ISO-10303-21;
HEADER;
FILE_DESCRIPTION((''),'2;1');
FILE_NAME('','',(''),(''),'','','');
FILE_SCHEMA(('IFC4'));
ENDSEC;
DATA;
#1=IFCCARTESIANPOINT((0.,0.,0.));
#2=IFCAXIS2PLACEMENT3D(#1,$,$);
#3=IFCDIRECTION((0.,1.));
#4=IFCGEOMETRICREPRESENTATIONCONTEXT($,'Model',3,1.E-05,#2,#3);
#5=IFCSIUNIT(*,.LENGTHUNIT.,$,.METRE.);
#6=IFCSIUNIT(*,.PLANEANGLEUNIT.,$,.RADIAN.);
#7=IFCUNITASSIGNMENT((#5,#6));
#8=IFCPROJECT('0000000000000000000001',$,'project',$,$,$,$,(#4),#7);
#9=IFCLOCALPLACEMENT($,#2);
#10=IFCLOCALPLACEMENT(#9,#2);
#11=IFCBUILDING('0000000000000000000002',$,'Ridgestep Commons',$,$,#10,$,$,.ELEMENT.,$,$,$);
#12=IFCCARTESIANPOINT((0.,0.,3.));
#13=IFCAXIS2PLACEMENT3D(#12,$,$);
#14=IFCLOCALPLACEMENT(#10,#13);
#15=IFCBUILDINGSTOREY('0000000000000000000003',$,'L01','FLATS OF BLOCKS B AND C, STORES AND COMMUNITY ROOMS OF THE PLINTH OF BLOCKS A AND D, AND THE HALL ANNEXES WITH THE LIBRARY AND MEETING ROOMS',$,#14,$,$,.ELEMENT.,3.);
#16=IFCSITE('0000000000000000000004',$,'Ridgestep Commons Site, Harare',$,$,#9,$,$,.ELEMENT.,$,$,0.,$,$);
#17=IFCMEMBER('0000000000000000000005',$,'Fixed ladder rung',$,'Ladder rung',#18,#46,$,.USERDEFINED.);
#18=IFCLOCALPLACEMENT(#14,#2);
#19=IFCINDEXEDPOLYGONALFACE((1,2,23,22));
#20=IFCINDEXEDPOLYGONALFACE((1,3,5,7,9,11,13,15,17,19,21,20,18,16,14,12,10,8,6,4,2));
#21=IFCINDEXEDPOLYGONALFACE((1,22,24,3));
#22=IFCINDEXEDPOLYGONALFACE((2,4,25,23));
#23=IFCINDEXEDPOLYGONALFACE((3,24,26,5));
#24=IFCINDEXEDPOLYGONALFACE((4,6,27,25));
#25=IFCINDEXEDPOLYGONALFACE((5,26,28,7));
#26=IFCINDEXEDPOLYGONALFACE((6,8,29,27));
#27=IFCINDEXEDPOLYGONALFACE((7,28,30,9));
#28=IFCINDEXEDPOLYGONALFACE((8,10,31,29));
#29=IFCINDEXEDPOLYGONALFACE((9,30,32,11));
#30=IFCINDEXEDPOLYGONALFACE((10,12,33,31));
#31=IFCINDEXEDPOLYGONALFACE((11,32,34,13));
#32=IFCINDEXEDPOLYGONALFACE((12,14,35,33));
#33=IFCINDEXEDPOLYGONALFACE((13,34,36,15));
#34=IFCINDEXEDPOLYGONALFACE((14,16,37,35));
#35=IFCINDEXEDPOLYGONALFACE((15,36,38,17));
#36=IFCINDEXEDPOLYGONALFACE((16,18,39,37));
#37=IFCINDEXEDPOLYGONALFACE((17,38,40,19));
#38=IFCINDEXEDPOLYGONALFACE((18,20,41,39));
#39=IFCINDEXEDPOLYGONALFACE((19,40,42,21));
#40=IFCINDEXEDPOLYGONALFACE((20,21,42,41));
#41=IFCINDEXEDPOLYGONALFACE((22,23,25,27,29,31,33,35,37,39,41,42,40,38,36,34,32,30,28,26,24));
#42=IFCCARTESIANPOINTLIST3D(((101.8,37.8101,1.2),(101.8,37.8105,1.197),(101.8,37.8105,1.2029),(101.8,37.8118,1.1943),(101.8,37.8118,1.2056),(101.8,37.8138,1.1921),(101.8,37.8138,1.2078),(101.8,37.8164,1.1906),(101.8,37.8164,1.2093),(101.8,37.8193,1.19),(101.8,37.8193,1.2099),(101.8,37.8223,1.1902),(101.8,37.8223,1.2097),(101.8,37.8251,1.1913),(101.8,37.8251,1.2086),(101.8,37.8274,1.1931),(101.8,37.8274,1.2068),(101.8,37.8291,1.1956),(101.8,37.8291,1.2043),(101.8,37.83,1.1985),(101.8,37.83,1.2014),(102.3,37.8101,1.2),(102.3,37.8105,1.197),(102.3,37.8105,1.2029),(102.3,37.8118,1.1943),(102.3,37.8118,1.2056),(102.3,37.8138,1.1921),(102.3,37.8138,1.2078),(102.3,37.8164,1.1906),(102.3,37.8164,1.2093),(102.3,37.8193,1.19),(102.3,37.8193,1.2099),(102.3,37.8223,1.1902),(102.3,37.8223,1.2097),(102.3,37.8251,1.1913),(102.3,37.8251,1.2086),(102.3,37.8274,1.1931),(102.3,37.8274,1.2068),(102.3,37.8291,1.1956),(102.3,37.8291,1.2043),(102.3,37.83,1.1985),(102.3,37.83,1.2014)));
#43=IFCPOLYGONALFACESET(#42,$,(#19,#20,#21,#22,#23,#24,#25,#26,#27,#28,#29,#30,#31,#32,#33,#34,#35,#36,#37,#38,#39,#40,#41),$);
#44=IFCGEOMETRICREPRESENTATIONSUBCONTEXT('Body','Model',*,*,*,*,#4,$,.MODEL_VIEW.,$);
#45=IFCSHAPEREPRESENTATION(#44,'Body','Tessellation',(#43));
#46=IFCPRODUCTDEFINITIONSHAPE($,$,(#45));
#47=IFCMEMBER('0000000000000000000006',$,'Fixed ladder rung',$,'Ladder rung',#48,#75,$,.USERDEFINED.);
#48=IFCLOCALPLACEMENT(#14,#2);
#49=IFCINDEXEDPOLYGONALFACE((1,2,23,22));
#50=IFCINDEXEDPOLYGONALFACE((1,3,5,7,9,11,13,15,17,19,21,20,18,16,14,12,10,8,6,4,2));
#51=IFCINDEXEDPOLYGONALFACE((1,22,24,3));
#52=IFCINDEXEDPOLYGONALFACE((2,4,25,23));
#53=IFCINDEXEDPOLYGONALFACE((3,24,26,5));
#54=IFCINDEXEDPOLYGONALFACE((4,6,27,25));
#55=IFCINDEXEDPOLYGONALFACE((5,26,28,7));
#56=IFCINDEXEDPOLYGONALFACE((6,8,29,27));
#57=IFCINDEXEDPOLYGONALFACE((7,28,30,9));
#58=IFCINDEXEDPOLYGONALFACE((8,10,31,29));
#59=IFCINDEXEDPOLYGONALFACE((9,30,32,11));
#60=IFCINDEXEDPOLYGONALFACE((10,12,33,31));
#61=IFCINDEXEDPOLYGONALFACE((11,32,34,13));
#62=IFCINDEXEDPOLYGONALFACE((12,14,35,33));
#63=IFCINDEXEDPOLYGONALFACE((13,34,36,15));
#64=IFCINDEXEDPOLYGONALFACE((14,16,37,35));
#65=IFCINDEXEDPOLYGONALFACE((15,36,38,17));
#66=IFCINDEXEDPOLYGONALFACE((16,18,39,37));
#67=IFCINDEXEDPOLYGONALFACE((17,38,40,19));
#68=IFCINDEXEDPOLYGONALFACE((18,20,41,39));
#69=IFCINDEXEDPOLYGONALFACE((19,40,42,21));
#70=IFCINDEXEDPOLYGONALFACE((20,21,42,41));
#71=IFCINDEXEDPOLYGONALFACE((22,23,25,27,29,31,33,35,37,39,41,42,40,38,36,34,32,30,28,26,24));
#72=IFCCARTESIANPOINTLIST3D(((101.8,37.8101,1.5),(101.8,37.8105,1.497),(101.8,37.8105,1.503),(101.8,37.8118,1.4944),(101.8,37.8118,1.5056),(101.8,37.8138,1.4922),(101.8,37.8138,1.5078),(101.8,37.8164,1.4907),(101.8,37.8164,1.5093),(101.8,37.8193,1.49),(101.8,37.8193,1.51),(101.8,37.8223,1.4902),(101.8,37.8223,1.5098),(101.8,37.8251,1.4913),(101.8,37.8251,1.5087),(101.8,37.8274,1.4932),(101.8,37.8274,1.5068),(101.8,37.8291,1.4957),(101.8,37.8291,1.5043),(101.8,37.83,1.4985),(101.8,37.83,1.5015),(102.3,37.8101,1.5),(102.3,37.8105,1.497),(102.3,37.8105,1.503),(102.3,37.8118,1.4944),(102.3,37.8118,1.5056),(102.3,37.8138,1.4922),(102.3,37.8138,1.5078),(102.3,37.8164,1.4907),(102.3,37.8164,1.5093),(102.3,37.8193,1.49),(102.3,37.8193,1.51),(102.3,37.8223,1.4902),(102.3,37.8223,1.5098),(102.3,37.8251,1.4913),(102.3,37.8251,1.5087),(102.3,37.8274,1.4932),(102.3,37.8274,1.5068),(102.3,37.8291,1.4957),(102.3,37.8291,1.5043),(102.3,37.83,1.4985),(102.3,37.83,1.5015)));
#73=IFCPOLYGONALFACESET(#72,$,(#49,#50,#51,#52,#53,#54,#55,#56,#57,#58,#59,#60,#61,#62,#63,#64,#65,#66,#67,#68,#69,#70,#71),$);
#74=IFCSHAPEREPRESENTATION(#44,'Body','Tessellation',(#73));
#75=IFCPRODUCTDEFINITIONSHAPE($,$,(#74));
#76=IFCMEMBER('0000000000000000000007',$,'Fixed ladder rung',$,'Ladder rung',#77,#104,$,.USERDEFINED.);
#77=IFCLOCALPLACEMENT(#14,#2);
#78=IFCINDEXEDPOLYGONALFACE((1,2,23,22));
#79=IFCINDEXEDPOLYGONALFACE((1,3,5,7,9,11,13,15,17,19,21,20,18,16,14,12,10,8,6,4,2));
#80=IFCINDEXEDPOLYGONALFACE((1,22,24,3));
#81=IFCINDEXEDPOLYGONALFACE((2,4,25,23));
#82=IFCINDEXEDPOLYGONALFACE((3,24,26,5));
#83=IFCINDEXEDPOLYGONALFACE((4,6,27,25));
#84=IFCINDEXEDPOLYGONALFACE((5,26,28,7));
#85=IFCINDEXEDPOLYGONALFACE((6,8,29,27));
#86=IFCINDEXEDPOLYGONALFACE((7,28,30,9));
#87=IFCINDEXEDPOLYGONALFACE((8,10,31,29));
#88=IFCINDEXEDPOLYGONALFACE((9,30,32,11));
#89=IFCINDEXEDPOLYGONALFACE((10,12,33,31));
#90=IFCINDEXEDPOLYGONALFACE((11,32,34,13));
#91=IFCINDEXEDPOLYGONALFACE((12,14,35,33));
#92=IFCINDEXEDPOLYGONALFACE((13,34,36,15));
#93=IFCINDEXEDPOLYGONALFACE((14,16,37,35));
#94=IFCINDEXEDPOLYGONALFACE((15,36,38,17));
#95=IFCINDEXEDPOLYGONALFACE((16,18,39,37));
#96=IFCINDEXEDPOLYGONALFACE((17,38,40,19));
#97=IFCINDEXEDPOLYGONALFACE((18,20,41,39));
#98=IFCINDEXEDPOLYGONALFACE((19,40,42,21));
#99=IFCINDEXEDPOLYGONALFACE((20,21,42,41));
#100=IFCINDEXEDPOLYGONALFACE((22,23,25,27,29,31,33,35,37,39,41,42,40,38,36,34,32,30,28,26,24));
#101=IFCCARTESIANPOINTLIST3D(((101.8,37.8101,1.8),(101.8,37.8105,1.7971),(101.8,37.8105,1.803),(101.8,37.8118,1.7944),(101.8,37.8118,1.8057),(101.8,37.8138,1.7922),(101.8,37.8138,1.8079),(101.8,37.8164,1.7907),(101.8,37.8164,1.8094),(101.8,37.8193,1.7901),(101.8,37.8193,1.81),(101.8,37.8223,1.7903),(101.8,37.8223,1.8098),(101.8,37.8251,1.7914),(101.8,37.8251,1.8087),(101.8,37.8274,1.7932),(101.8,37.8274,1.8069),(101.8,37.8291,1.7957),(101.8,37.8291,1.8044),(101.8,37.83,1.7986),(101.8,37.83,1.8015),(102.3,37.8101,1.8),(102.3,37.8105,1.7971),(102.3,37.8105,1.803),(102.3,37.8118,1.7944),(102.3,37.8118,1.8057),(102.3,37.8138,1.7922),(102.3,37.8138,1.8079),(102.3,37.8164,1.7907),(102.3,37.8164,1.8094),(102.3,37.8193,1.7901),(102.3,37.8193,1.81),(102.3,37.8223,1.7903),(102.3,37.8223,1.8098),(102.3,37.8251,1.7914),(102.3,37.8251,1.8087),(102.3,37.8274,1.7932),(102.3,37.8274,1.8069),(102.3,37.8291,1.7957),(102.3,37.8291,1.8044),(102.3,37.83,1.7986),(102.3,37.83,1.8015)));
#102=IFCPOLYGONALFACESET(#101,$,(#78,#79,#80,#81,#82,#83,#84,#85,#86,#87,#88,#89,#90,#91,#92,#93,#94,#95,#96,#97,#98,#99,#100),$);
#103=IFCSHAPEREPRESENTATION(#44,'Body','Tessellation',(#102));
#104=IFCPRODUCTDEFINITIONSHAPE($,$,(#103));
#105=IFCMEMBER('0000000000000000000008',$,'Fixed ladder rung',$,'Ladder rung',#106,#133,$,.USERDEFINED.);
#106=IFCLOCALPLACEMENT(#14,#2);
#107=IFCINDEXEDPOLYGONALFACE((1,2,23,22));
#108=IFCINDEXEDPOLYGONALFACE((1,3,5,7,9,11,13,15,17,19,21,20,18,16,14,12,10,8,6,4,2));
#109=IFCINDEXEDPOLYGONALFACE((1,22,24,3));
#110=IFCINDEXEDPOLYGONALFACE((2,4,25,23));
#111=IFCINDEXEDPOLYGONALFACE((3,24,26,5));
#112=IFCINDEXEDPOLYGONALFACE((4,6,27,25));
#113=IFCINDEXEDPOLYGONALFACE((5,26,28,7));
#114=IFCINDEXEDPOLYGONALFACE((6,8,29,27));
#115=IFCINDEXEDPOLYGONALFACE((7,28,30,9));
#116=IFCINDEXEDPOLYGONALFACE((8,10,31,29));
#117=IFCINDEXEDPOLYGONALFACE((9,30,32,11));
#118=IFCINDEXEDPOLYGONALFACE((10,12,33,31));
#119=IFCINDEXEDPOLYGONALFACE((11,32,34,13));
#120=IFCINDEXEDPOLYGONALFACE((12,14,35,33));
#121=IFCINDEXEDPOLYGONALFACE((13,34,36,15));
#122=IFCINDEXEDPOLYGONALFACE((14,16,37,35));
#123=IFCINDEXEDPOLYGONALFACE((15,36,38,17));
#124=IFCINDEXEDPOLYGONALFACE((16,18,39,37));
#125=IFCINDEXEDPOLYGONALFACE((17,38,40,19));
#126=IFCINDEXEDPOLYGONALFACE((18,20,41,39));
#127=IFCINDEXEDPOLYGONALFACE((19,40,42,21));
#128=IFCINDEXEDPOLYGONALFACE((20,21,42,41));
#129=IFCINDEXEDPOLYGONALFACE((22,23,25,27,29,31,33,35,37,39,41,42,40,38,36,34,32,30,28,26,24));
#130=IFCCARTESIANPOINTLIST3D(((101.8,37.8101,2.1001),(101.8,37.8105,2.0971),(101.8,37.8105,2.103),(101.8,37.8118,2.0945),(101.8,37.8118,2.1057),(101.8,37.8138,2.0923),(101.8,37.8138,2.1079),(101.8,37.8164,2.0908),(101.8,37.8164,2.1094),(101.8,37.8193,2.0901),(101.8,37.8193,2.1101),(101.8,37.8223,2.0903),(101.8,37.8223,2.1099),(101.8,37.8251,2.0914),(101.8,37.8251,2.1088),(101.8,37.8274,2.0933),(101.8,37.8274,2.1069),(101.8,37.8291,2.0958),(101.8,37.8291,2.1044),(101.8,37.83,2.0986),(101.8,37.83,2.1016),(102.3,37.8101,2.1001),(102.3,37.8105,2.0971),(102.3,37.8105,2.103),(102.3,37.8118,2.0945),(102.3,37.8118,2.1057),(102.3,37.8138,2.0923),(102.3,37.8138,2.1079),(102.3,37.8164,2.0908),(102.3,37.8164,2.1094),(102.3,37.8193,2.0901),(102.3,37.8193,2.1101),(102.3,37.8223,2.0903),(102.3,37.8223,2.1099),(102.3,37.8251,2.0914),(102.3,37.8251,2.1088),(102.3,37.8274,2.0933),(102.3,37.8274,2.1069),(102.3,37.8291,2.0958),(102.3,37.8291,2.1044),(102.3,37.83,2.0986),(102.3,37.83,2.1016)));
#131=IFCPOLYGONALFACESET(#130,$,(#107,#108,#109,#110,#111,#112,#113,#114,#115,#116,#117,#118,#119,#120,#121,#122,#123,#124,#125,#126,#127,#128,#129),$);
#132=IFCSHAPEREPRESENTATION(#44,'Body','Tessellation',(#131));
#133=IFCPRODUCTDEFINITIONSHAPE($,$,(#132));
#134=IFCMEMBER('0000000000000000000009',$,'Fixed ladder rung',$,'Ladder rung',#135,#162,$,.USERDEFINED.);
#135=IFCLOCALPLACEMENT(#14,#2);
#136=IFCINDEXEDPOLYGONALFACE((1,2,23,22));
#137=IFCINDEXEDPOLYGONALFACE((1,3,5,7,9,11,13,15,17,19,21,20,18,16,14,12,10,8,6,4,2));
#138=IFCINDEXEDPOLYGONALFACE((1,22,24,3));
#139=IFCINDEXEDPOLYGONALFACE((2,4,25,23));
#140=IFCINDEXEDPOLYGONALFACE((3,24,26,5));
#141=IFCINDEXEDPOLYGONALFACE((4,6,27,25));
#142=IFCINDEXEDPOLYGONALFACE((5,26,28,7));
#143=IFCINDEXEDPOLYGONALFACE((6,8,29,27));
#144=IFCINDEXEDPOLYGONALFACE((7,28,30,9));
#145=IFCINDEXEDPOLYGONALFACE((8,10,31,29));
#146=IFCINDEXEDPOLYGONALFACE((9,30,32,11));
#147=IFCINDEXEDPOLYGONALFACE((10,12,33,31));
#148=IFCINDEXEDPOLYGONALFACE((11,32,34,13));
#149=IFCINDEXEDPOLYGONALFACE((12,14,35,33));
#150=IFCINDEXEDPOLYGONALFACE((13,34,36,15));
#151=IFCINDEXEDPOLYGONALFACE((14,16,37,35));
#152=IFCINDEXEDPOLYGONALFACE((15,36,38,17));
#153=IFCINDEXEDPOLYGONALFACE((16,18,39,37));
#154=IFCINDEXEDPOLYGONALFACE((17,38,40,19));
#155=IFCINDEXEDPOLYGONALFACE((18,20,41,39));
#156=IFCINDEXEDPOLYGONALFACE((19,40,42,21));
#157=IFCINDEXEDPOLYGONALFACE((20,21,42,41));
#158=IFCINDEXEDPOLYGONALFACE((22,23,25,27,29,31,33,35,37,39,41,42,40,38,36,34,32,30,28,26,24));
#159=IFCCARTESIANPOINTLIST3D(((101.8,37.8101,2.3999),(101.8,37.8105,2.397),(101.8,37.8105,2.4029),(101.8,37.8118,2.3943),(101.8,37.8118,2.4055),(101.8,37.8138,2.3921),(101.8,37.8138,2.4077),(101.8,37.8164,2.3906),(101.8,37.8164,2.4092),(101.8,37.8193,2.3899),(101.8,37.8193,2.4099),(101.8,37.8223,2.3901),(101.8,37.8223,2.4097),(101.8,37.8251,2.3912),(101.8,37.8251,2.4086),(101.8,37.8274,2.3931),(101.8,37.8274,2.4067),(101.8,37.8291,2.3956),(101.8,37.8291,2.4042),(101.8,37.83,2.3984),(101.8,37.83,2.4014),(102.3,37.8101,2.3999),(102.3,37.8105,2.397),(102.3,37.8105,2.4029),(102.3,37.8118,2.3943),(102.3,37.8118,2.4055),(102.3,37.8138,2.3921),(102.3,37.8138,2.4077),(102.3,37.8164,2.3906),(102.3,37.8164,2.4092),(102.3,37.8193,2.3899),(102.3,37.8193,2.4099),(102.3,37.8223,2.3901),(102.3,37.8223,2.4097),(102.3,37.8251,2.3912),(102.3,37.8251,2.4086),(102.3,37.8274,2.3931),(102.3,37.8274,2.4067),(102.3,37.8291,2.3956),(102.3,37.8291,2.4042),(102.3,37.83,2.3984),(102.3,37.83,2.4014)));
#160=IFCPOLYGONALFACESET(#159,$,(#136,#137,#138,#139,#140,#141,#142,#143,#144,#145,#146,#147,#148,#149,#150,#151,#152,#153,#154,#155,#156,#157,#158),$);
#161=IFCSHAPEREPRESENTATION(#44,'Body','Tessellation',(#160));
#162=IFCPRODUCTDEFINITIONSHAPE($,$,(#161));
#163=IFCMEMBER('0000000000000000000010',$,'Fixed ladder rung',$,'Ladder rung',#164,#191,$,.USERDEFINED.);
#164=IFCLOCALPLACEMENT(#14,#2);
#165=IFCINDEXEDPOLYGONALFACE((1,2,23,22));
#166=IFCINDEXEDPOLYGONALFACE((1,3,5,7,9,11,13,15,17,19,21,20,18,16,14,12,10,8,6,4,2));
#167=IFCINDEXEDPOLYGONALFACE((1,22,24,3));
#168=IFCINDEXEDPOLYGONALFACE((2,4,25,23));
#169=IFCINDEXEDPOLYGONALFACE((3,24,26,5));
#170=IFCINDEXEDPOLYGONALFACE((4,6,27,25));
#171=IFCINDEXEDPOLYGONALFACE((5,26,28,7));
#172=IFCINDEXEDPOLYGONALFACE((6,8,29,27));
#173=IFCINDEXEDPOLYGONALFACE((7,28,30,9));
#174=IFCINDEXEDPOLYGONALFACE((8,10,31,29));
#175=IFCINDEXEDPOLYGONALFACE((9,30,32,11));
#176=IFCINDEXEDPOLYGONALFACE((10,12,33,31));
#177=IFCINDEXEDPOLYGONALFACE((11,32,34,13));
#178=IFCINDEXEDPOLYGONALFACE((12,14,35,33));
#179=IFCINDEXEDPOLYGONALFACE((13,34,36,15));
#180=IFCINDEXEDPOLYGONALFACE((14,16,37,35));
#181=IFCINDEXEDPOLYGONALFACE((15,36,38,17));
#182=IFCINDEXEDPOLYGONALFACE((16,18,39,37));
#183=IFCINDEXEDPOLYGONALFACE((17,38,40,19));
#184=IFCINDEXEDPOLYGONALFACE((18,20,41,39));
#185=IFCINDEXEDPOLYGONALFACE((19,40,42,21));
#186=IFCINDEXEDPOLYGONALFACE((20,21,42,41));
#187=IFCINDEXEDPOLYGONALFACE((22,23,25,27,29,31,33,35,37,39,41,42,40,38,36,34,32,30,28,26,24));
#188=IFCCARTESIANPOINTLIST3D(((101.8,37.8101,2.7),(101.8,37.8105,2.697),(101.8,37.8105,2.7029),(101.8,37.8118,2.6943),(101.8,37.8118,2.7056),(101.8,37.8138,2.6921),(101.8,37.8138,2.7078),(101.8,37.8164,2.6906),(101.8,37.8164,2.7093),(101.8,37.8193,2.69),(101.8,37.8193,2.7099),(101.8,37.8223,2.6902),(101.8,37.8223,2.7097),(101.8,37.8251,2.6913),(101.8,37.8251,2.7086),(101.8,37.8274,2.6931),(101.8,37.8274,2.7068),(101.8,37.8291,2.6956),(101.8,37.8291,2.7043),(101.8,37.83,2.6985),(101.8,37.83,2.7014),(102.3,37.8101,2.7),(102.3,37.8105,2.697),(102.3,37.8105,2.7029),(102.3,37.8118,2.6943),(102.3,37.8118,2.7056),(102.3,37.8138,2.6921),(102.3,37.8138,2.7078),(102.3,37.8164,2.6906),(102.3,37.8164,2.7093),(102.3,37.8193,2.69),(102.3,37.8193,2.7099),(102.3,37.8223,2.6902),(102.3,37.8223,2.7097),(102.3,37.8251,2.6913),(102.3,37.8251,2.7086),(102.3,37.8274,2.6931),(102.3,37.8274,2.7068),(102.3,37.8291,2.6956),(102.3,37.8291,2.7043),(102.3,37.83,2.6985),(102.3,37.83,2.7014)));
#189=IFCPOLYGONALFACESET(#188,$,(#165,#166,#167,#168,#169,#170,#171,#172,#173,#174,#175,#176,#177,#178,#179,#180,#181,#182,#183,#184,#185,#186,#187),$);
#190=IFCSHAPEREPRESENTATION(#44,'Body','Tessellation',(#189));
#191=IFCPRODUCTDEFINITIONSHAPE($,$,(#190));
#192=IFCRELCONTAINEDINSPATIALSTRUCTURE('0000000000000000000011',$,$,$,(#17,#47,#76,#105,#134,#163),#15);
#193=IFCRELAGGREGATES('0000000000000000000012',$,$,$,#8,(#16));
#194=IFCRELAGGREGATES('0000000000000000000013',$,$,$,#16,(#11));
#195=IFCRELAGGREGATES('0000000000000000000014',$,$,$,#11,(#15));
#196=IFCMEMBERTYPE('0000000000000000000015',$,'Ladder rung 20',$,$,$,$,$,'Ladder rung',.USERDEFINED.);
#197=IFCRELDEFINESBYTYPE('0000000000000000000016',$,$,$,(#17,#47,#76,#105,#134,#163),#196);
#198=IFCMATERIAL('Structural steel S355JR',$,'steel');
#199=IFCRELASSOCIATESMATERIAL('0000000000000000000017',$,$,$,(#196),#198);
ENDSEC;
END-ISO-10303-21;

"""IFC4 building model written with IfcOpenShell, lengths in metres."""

from ifc_helpers import new_model, si_unit, direction, frame, origin, origin_2d, place, context, subcontext, project, spatial, circle, extrude, material, material_profile, profile_set, type_object, element, save


model = new_model("IFC4")

# Units and contexts
model_context = context("Model", 3, precision=1e-05, world=origin(), true_north=direction((0.0, 1.0)))
body_context = subcontext(model_context, "Body", "Model", "MODEL_VIEW")
ifc_project = project(units=[si_unit("LENGTHUNIT", "METRE"), si_unit("PLANEANGLEUNIT", "RADIAN")], contexts=[model_context])

# Site, building, storey
site_placement = place(None, origin())
site = spatial("IfcSite", under=ifc_project, at=site_placement, Name="Ridgestep Commons Site, Harare", CompositionType="ELEMENT", RefElevation=0.0)
building_placement = place(site_placement, origin())
building = spatial("IfcBuilding", under=site, at=building_placement, Name="Ridgestep Commons", CompositionType="ELEMENT")
storey_placement = place(building_placement, frame((0.0, 0.0, 3.0)))
storey = spatial("IfcBuildingStorey", under=building, at=storey_placement, Name="L01", Description="FLATS OF BLOCKS B AND C, STORES AND COMMUNITY ROOMS OF THE PLINTH OF BLOCKS A AND D, AND THE HALL ANNEXES WITH THE LIBRARY AND MEETING ROOMS", CompositionType="ELEMENT", Elevation=3.0)

# Members
ifc_material_1 = material(Name="Structural steel S355JR", Category="steel")
ifc_material_profile = material_profile(ifc_material_1, circle(Radius=0.01, at=origin_2d()), Name="Ladder rung 20")
ifc_profile_set = profile_set([ifc_material_profile], Name="Structural steel S355JR")
member_type = type_object("IfcMemberType", Name="Ladder rung 20", ElementType="Ladder rung", PredefinedType="USERDEFINED", material=ifc_profile_set)
for number, where, z_axis, x_axis, name in (
    (1, (102.3, 37.8201, 1.2), (-1.0, 0.0, 0.0), (0.0, -1.0, 0.0), "Fixed ladder rung"),
    (2, (102.3, 37.8201, 1.5), (-1.0, 0.0, 0.0), (0.0, -1.0, 0.0), "Fixed ladder rung"),
    (3, (102.3, 37.8201, 1.8), (-1.0, 0.0, 0.0), (0.0, -1.0, 0.0), "Fixed ladder rung"),
    (4, (102.3, 37.8201, 2.1001), (-1.0, 0.0, 0.0), (0.0, -1.0, 0.0), "Fixed ladder rung"),
    (5, (102.3, 37.8201, 2.3999), (-1.0, 0.0, 0.0), (0.0, -1.0, 0.0), "Fixed ladder rung"),
    (6, (102.3, 37.8201, 2.7), (-1.0, 0.0, 0.0), (0.0, -1.0, 0.0), "Fixed ladder rung"),
):
    element("IfcMember", number, at=place(storey_placement, frame(where, z_axis=z_axis, x_axis=x_axis)), inside=storey, type_object=member_type, Name=name, ObjectType="Ladder rung", PredefinedType="USERDEFINED", context=body_context, shape_type="SweptSolid", body=[
        extrude(circle(Radius=0.01, at=origin_2d()), origin(), (0.0, 0.0, 1.0), 0.5),
    ])

save(model, "model.ifc")
